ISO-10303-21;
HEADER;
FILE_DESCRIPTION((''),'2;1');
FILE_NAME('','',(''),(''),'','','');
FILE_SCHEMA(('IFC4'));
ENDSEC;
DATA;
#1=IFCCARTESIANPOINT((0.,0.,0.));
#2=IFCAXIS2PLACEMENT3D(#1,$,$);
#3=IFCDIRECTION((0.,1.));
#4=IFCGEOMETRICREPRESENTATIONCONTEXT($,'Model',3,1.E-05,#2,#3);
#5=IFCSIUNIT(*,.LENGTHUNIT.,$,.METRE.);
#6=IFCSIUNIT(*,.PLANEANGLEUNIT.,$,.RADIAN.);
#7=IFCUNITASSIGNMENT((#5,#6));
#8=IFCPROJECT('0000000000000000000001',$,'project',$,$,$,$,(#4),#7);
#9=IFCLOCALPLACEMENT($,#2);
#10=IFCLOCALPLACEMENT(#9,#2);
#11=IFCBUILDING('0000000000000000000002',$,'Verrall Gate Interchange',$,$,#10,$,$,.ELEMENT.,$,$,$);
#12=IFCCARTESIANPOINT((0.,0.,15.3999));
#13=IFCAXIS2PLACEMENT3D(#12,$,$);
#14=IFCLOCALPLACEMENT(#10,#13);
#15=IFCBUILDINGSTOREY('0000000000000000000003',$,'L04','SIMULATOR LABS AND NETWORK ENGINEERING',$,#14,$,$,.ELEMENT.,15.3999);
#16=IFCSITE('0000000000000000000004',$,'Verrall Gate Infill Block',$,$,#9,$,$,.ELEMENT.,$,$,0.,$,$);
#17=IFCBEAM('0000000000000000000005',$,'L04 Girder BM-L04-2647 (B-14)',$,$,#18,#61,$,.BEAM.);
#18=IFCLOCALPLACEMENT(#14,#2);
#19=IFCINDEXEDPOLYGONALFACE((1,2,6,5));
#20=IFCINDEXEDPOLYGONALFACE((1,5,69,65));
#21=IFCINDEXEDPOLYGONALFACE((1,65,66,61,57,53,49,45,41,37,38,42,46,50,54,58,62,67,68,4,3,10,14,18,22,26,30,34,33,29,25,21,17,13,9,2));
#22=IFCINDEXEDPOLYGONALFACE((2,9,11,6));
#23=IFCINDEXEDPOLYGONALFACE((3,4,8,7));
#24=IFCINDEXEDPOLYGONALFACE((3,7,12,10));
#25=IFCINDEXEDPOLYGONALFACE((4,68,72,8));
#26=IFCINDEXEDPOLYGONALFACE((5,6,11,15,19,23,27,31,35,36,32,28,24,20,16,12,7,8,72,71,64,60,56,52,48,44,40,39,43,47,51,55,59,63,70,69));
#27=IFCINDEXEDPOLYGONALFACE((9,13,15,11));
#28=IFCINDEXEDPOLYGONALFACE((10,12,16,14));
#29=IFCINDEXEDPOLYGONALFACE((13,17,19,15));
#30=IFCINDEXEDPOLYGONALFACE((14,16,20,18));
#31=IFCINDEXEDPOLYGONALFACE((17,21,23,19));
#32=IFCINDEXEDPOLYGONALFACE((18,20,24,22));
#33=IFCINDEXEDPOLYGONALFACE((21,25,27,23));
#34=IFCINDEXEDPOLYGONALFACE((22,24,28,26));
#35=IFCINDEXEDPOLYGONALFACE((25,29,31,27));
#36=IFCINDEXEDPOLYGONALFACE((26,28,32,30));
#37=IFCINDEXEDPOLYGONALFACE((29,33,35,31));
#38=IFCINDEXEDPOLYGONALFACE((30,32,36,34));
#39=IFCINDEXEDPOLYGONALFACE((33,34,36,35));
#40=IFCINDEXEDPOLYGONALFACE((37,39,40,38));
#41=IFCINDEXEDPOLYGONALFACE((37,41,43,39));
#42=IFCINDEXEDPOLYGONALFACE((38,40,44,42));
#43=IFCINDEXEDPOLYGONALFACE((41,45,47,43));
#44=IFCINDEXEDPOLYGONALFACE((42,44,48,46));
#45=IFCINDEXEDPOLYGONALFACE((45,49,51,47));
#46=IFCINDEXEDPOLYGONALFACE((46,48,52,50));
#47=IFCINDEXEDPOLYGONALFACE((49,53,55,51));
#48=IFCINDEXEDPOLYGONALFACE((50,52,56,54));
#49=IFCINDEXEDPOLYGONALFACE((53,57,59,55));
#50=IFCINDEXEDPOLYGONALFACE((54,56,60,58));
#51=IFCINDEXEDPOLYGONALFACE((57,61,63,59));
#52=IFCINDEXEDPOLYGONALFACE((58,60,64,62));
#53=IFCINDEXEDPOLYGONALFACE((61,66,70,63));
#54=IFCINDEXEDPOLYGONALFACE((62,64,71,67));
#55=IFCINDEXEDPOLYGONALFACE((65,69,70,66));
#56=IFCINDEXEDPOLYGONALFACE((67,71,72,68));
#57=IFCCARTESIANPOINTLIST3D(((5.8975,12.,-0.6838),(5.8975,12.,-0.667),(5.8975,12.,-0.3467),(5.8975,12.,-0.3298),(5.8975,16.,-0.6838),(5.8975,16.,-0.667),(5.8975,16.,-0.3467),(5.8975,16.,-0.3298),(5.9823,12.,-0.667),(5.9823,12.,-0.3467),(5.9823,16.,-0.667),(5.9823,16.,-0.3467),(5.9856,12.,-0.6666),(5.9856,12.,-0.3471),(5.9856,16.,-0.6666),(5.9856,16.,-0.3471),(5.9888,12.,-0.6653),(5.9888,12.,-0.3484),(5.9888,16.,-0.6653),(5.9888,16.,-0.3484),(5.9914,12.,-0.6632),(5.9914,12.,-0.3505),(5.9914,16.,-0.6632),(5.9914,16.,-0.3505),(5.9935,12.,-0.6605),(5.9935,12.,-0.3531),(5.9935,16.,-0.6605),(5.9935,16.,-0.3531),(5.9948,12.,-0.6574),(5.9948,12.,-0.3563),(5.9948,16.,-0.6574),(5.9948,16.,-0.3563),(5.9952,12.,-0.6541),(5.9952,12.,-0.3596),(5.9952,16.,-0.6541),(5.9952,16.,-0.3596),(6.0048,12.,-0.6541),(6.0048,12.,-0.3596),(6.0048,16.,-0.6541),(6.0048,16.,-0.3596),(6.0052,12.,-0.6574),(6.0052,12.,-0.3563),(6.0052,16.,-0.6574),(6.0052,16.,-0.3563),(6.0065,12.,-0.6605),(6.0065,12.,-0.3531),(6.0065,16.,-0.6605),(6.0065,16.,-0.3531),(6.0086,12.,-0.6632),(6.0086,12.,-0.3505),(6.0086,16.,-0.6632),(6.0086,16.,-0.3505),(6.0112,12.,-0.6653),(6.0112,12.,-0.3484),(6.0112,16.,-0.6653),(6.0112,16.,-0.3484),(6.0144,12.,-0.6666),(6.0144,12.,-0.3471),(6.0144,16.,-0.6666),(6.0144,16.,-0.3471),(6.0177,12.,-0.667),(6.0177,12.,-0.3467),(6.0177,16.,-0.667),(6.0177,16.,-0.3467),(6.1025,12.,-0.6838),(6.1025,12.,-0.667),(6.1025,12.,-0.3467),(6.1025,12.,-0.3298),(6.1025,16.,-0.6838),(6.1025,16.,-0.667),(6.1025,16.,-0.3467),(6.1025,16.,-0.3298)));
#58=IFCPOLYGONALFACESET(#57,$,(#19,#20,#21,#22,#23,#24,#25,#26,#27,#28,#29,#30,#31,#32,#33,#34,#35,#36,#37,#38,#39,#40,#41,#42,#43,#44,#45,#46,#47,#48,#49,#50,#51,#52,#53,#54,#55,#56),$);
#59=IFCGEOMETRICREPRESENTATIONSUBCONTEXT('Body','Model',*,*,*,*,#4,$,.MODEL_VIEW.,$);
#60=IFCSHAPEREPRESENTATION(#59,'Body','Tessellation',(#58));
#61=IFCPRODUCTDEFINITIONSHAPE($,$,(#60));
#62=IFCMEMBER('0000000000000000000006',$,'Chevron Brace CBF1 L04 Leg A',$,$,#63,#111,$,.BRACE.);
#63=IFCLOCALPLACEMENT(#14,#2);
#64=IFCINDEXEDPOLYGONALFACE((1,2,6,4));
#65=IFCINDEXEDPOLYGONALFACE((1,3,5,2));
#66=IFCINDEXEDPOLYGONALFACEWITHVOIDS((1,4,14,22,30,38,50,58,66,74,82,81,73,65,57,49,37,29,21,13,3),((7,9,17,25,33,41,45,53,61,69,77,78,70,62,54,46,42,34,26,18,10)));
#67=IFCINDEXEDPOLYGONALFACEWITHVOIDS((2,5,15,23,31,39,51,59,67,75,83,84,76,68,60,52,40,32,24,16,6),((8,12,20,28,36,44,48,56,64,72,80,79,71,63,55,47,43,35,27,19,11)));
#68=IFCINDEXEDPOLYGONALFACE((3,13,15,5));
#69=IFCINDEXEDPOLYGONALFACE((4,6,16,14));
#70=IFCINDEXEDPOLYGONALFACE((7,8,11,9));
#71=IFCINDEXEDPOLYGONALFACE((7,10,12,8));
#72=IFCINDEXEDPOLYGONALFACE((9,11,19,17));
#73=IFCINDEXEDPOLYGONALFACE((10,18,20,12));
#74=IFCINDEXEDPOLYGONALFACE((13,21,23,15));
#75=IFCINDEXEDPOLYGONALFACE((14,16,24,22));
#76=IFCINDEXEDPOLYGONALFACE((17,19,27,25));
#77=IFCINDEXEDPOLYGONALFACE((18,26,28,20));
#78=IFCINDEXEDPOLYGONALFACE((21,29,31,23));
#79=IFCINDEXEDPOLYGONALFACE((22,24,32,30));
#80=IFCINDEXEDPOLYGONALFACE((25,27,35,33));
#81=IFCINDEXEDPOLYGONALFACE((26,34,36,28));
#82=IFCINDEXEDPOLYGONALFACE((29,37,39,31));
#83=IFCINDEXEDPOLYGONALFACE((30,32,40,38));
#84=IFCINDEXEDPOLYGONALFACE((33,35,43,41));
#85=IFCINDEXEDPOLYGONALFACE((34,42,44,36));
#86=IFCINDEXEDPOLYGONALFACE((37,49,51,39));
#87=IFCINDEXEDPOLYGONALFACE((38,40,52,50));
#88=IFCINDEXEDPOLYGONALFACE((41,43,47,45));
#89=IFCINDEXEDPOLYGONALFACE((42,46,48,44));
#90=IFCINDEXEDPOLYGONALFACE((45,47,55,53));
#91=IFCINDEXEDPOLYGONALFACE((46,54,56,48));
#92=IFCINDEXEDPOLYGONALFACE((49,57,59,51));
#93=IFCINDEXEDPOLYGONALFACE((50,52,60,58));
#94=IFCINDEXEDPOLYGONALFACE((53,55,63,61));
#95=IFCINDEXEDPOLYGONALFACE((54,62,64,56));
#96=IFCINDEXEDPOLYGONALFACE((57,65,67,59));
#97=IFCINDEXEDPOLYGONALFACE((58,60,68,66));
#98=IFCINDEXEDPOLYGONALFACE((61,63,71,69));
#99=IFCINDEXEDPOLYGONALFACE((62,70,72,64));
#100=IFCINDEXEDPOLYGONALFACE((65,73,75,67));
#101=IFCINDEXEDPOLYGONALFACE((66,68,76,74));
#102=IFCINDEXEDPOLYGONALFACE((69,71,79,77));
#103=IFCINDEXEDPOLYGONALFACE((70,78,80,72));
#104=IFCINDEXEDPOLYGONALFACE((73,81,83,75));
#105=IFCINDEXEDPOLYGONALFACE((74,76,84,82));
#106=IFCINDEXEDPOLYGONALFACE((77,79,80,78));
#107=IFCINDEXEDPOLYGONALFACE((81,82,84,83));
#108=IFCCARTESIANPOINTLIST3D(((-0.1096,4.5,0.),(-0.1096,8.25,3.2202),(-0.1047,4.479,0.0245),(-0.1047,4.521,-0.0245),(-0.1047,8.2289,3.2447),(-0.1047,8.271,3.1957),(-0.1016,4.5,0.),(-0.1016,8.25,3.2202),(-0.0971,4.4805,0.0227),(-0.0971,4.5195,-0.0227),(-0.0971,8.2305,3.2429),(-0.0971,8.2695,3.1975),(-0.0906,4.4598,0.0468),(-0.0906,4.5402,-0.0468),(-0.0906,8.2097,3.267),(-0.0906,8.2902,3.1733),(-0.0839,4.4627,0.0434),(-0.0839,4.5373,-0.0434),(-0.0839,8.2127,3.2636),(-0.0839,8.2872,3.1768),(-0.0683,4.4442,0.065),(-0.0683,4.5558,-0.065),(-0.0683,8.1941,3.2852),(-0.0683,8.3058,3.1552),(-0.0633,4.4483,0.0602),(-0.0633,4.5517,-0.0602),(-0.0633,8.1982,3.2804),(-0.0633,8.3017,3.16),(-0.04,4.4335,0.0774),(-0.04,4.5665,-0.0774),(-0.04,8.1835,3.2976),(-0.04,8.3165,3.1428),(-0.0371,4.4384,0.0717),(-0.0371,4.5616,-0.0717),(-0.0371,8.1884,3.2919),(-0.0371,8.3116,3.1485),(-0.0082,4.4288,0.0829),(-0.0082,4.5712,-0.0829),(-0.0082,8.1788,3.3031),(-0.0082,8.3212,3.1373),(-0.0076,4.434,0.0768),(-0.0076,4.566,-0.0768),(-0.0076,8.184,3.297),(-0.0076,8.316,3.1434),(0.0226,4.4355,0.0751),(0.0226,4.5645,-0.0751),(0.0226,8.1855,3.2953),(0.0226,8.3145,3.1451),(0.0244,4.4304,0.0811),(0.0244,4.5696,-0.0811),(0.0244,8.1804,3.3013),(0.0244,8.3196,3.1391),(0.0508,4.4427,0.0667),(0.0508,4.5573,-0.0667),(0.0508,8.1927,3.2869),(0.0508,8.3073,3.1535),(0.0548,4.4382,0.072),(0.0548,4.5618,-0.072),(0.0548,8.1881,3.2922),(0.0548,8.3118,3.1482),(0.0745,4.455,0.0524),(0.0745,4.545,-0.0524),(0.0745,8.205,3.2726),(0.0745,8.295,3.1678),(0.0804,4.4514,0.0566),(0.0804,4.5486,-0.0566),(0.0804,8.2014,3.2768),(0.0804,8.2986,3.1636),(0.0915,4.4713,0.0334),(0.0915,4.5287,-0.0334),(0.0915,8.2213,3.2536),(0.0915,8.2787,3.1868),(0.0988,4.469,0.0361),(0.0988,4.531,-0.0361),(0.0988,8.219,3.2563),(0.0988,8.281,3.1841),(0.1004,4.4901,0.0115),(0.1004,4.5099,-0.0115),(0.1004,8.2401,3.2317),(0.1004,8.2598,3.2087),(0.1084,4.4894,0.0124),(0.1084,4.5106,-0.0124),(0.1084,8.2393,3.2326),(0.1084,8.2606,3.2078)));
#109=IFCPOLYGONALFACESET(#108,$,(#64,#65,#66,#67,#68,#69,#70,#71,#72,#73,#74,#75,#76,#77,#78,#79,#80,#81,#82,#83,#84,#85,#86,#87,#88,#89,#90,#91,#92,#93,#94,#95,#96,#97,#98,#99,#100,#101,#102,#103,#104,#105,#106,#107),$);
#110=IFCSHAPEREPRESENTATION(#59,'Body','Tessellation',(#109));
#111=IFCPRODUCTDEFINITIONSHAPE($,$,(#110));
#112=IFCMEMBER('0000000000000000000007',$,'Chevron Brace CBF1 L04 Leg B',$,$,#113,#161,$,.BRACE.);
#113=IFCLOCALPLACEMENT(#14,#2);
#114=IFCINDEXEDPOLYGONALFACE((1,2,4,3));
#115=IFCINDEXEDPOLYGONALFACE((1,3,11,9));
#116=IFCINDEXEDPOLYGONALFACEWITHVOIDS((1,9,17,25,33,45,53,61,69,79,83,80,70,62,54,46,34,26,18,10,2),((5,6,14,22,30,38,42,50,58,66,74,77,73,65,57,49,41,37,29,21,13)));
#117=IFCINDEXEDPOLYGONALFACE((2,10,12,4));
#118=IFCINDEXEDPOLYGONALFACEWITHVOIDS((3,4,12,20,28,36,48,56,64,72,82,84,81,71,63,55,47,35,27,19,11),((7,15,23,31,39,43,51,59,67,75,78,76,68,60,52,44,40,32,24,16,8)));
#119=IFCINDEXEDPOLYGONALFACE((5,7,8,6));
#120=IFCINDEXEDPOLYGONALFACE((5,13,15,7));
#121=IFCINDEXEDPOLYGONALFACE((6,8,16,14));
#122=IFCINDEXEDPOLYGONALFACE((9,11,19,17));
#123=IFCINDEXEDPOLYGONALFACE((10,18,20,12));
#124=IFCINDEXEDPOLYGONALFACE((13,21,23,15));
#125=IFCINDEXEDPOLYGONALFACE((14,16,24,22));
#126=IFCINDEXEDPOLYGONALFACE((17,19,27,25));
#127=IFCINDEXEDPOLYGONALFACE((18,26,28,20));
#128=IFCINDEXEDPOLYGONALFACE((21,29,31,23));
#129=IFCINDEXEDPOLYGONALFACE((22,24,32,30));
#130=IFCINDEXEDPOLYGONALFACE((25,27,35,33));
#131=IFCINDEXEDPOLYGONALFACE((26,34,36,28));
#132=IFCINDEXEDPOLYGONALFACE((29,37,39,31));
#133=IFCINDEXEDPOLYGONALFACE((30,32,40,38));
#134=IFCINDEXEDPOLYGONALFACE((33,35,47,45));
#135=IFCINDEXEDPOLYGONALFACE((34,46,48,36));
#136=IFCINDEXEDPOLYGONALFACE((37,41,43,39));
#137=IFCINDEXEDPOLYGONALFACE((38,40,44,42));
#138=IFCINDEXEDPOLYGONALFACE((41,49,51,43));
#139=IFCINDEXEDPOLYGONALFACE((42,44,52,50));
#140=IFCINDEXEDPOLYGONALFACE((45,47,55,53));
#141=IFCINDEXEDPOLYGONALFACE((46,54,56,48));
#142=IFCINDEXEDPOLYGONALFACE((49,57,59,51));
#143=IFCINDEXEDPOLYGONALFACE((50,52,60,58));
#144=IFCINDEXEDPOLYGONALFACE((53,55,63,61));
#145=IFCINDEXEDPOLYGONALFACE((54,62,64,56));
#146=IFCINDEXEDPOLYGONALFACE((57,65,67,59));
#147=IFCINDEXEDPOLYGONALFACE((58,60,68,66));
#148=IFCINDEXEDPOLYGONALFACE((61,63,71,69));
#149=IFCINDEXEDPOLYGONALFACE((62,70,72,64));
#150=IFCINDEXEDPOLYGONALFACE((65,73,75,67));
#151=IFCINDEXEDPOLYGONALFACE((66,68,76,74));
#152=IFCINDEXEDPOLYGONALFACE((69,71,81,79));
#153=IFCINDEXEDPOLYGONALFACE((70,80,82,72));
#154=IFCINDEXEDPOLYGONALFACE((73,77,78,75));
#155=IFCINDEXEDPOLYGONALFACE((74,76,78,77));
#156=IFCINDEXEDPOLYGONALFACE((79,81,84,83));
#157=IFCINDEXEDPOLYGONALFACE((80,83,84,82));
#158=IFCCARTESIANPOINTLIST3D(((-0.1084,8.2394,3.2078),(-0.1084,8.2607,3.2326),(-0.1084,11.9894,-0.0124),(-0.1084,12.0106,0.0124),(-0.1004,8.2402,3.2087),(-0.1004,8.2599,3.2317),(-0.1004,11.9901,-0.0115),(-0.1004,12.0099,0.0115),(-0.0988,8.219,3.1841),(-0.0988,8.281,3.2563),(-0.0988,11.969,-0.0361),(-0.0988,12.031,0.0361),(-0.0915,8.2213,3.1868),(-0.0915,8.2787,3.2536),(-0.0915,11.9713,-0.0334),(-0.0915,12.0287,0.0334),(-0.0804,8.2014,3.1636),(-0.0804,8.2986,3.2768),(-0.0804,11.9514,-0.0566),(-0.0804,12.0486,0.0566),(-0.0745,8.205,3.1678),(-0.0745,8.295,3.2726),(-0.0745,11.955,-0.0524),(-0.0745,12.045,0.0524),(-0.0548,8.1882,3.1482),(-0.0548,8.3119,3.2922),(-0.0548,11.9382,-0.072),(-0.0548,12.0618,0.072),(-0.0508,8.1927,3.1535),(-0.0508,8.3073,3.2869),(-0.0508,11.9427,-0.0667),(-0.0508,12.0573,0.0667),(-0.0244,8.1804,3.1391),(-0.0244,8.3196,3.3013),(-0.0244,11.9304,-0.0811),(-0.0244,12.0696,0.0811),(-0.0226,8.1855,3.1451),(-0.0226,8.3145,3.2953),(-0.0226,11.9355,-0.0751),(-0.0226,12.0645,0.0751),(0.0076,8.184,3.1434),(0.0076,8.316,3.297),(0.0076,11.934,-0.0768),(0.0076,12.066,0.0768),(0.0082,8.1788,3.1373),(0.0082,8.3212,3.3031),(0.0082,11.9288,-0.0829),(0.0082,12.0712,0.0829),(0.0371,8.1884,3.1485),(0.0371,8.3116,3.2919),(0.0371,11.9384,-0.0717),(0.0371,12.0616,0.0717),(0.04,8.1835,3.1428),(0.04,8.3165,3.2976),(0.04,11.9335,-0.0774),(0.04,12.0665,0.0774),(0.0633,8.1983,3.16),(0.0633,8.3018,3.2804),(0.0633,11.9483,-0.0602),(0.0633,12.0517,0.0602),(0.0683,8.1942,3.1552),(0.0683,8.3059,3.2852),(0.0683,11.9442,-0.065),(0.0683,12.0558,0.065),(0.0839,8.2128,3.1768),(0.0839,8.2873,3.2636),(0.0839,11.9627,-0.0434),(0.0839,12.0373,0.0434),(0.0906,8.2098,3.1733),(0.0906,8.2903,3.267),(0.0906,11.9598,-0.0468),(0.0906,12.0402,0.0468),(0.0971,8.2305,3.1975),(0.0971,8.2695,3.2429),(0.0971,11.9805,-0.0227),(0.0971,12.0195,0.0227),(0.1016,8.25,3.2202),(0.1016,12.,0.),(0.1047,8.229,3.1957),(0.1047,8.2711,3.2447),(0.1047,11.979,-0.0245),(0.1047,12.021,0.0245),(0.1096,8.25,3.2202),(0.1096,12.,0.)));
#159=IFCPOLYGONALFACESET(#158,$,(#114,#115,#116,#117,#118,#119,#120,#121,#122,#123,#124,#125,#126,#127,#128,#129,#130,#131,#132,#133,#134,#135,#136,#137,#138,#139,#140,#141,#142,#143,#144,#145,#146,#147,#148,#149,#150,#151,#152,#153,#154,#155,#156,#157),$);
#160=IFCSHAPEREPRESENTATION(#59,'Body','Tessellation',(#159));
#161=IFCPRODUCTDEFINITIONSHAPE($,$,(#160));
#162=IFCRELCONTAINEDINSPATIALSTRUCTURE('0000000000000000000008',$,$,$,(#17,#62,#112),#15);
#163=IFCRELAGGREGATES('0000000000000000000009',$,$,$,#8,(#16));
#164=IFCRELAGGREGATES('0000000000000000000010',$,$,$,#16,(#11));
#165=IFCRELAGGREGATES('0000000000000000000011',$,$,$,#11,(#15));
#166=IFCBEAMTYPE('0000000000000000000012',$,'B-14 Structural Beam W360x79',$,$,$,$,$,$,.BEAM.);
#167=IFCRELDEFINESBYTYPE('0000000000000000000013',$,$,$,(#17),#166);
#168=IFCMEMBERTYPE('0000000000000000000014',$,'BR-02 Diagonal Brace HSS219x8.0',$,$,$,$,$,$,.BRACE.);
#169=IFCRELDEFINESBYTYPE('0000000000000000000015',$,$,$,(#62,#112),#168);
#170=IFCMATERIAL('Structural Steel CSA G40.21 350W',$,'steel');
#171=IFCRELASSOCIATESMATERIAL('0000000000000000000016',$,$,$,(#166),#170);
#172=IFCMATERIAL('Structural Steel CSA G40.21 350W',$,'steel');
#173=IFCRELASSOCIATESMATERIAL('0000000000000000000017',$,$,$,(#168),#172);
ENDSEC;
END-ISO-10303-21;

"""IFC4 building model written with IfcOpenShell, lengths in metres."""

from ifc_helpers import new_model, si_unit, direction, frame, origin, origin_2d, place, context, subcontext, project, spatial, hollow_circle, i_section, extrude, material, material_profile, profile_set, type_object, element, save


model = new_model("IFC4")

# Units and contexts
model_context = context("Model", 3, precision=1e-05, world=origin(), true_north=direction((0.0, 1.0)))
body_context = subcontext(model_context, "Body", "Model", "MODEL_VIEW")
ifc_project = project(units=[si_unit("LENGTHUNIT", "METRE"), si_unit("PLANEANGLEUNIT", "RADIAN")], contexts=[model_context])

# Site, building, storey
site_placement = place(None, origin())
site = spatial("IfcSite", under=ifc_project, at=site_placement, Name="Verrall Gate Infill Block", CompositionType="ELEMENT", RefElevation=0.0)
building_placement = place(site_placement, origin())
building = spatial("IfcBuilding", under=site, at=building_placement, Name="Verrall Gate Interchange", CompositionType="ELEMENT")
storey_placement = place(building_placement, frame((0.0, 0.0, 15.3999)))
storey = spatial("IfcBuildingStorey", under=building, at=storey_placement, Name="L04", Description="SIMULATOR LABS AND NETWORK ENGINEERING", CompositionType="ELEMENT", Elevation=15.3999)

# Beam
ifc_material_1 = material(Name="Structural Steel CSA G40.21 350W", Category="steel")
ifc_material_profile_1 = material_profile(ifc_material_1, i_section(OverallWidth=0.2051, OverallDepth=0.354, WebThickness=0.0095, FlangeThickness=0.0168, FilletRadius=0.0129, at=origin_2d()), Name="W360x79")
ifc_profile_set_1 = profile_set([ifc_material_profile_1], Name="Structural Steel CSA G40.21 350W")
beam_type_1 = type_object("IfcBeamType", Name="B-14 Structural Beam W360x79", PredefinedType="BEAM", material=ifc_profile_set_1)
beam_1_placement = place(storey_placement, frame((6.0, 12.0, -0.5068), z_axis=(0.0, 1.0, 0.0), x_axis=(-1.0, 0.0, 0.0)))
element("IfcBeam", 1, at=beam_1_placement, inside=storey, type_object=beam_type_1, Name="L04 Girder BM-L04-2647 (B-14)", PredefinedType="BEAM", context=body_context, shape_type="SweptSolid", body=[
    extrude(i_section(OverallWidth=0.2051, OverallDepth=0.354, WebThickness=0.0095, FlangeThickness=0.0168, FilletRadius=0.0129, at=origin_2d()), origin(), (0.0, 0.0, 1.0), 4.0),
])

# Members
ifc_material_2 = material(Name="Structural Steel CSA G40.21 350W", Category="steel")
ifc_material_profile_2 = material_profile(ifc_material_2, hollow_circle(Radius=0.1096, WallThickness=0.0081, at=origin_2d()), Name="HSS219x8.0")
ifc_profile_set_2 = profile_set([ifc_material_profile_2], Name="Structural Steel CSA G40.21 350W")
member_type = type_object("IfcMemberType", Name="BR-02 Diagonal Brace HSS219x8.0", PredefinedType="BRACE", material=ifc_profile_set_2)
for number, where, z_axis, x_axis, name in (
    (2, (0.0, 4.5, 0.0), (0.0, 0.758664, 0.651483), (-1.0, 0.0, 0.0), "Chevron Brace CBF1 L04 Leg A"),
    (3, (0.0, 12.0, 0.0), (0.0, -0.758664, 0.651483), (1.0, 0.0, 0.0), "Chevron Brace CBF1 L04 Leg B"),
):
    element("IfcMember", number, at=place(storey_placement, frame(where, z_axis=z_axis, x_axis=x_axis)), inside=storey, type_object=member_type, Name=name, PredefinedType="BRACE", context=body_context, shape_type="SweptSolid", body=[
        extrude(hollow_circle(Radius=0.1096, WallThickness=0.0081, at=origin_2d()), origin(), (0.0, 0.0, 1.0), 4.9429),
    ])

save(model, "model.ifc")
